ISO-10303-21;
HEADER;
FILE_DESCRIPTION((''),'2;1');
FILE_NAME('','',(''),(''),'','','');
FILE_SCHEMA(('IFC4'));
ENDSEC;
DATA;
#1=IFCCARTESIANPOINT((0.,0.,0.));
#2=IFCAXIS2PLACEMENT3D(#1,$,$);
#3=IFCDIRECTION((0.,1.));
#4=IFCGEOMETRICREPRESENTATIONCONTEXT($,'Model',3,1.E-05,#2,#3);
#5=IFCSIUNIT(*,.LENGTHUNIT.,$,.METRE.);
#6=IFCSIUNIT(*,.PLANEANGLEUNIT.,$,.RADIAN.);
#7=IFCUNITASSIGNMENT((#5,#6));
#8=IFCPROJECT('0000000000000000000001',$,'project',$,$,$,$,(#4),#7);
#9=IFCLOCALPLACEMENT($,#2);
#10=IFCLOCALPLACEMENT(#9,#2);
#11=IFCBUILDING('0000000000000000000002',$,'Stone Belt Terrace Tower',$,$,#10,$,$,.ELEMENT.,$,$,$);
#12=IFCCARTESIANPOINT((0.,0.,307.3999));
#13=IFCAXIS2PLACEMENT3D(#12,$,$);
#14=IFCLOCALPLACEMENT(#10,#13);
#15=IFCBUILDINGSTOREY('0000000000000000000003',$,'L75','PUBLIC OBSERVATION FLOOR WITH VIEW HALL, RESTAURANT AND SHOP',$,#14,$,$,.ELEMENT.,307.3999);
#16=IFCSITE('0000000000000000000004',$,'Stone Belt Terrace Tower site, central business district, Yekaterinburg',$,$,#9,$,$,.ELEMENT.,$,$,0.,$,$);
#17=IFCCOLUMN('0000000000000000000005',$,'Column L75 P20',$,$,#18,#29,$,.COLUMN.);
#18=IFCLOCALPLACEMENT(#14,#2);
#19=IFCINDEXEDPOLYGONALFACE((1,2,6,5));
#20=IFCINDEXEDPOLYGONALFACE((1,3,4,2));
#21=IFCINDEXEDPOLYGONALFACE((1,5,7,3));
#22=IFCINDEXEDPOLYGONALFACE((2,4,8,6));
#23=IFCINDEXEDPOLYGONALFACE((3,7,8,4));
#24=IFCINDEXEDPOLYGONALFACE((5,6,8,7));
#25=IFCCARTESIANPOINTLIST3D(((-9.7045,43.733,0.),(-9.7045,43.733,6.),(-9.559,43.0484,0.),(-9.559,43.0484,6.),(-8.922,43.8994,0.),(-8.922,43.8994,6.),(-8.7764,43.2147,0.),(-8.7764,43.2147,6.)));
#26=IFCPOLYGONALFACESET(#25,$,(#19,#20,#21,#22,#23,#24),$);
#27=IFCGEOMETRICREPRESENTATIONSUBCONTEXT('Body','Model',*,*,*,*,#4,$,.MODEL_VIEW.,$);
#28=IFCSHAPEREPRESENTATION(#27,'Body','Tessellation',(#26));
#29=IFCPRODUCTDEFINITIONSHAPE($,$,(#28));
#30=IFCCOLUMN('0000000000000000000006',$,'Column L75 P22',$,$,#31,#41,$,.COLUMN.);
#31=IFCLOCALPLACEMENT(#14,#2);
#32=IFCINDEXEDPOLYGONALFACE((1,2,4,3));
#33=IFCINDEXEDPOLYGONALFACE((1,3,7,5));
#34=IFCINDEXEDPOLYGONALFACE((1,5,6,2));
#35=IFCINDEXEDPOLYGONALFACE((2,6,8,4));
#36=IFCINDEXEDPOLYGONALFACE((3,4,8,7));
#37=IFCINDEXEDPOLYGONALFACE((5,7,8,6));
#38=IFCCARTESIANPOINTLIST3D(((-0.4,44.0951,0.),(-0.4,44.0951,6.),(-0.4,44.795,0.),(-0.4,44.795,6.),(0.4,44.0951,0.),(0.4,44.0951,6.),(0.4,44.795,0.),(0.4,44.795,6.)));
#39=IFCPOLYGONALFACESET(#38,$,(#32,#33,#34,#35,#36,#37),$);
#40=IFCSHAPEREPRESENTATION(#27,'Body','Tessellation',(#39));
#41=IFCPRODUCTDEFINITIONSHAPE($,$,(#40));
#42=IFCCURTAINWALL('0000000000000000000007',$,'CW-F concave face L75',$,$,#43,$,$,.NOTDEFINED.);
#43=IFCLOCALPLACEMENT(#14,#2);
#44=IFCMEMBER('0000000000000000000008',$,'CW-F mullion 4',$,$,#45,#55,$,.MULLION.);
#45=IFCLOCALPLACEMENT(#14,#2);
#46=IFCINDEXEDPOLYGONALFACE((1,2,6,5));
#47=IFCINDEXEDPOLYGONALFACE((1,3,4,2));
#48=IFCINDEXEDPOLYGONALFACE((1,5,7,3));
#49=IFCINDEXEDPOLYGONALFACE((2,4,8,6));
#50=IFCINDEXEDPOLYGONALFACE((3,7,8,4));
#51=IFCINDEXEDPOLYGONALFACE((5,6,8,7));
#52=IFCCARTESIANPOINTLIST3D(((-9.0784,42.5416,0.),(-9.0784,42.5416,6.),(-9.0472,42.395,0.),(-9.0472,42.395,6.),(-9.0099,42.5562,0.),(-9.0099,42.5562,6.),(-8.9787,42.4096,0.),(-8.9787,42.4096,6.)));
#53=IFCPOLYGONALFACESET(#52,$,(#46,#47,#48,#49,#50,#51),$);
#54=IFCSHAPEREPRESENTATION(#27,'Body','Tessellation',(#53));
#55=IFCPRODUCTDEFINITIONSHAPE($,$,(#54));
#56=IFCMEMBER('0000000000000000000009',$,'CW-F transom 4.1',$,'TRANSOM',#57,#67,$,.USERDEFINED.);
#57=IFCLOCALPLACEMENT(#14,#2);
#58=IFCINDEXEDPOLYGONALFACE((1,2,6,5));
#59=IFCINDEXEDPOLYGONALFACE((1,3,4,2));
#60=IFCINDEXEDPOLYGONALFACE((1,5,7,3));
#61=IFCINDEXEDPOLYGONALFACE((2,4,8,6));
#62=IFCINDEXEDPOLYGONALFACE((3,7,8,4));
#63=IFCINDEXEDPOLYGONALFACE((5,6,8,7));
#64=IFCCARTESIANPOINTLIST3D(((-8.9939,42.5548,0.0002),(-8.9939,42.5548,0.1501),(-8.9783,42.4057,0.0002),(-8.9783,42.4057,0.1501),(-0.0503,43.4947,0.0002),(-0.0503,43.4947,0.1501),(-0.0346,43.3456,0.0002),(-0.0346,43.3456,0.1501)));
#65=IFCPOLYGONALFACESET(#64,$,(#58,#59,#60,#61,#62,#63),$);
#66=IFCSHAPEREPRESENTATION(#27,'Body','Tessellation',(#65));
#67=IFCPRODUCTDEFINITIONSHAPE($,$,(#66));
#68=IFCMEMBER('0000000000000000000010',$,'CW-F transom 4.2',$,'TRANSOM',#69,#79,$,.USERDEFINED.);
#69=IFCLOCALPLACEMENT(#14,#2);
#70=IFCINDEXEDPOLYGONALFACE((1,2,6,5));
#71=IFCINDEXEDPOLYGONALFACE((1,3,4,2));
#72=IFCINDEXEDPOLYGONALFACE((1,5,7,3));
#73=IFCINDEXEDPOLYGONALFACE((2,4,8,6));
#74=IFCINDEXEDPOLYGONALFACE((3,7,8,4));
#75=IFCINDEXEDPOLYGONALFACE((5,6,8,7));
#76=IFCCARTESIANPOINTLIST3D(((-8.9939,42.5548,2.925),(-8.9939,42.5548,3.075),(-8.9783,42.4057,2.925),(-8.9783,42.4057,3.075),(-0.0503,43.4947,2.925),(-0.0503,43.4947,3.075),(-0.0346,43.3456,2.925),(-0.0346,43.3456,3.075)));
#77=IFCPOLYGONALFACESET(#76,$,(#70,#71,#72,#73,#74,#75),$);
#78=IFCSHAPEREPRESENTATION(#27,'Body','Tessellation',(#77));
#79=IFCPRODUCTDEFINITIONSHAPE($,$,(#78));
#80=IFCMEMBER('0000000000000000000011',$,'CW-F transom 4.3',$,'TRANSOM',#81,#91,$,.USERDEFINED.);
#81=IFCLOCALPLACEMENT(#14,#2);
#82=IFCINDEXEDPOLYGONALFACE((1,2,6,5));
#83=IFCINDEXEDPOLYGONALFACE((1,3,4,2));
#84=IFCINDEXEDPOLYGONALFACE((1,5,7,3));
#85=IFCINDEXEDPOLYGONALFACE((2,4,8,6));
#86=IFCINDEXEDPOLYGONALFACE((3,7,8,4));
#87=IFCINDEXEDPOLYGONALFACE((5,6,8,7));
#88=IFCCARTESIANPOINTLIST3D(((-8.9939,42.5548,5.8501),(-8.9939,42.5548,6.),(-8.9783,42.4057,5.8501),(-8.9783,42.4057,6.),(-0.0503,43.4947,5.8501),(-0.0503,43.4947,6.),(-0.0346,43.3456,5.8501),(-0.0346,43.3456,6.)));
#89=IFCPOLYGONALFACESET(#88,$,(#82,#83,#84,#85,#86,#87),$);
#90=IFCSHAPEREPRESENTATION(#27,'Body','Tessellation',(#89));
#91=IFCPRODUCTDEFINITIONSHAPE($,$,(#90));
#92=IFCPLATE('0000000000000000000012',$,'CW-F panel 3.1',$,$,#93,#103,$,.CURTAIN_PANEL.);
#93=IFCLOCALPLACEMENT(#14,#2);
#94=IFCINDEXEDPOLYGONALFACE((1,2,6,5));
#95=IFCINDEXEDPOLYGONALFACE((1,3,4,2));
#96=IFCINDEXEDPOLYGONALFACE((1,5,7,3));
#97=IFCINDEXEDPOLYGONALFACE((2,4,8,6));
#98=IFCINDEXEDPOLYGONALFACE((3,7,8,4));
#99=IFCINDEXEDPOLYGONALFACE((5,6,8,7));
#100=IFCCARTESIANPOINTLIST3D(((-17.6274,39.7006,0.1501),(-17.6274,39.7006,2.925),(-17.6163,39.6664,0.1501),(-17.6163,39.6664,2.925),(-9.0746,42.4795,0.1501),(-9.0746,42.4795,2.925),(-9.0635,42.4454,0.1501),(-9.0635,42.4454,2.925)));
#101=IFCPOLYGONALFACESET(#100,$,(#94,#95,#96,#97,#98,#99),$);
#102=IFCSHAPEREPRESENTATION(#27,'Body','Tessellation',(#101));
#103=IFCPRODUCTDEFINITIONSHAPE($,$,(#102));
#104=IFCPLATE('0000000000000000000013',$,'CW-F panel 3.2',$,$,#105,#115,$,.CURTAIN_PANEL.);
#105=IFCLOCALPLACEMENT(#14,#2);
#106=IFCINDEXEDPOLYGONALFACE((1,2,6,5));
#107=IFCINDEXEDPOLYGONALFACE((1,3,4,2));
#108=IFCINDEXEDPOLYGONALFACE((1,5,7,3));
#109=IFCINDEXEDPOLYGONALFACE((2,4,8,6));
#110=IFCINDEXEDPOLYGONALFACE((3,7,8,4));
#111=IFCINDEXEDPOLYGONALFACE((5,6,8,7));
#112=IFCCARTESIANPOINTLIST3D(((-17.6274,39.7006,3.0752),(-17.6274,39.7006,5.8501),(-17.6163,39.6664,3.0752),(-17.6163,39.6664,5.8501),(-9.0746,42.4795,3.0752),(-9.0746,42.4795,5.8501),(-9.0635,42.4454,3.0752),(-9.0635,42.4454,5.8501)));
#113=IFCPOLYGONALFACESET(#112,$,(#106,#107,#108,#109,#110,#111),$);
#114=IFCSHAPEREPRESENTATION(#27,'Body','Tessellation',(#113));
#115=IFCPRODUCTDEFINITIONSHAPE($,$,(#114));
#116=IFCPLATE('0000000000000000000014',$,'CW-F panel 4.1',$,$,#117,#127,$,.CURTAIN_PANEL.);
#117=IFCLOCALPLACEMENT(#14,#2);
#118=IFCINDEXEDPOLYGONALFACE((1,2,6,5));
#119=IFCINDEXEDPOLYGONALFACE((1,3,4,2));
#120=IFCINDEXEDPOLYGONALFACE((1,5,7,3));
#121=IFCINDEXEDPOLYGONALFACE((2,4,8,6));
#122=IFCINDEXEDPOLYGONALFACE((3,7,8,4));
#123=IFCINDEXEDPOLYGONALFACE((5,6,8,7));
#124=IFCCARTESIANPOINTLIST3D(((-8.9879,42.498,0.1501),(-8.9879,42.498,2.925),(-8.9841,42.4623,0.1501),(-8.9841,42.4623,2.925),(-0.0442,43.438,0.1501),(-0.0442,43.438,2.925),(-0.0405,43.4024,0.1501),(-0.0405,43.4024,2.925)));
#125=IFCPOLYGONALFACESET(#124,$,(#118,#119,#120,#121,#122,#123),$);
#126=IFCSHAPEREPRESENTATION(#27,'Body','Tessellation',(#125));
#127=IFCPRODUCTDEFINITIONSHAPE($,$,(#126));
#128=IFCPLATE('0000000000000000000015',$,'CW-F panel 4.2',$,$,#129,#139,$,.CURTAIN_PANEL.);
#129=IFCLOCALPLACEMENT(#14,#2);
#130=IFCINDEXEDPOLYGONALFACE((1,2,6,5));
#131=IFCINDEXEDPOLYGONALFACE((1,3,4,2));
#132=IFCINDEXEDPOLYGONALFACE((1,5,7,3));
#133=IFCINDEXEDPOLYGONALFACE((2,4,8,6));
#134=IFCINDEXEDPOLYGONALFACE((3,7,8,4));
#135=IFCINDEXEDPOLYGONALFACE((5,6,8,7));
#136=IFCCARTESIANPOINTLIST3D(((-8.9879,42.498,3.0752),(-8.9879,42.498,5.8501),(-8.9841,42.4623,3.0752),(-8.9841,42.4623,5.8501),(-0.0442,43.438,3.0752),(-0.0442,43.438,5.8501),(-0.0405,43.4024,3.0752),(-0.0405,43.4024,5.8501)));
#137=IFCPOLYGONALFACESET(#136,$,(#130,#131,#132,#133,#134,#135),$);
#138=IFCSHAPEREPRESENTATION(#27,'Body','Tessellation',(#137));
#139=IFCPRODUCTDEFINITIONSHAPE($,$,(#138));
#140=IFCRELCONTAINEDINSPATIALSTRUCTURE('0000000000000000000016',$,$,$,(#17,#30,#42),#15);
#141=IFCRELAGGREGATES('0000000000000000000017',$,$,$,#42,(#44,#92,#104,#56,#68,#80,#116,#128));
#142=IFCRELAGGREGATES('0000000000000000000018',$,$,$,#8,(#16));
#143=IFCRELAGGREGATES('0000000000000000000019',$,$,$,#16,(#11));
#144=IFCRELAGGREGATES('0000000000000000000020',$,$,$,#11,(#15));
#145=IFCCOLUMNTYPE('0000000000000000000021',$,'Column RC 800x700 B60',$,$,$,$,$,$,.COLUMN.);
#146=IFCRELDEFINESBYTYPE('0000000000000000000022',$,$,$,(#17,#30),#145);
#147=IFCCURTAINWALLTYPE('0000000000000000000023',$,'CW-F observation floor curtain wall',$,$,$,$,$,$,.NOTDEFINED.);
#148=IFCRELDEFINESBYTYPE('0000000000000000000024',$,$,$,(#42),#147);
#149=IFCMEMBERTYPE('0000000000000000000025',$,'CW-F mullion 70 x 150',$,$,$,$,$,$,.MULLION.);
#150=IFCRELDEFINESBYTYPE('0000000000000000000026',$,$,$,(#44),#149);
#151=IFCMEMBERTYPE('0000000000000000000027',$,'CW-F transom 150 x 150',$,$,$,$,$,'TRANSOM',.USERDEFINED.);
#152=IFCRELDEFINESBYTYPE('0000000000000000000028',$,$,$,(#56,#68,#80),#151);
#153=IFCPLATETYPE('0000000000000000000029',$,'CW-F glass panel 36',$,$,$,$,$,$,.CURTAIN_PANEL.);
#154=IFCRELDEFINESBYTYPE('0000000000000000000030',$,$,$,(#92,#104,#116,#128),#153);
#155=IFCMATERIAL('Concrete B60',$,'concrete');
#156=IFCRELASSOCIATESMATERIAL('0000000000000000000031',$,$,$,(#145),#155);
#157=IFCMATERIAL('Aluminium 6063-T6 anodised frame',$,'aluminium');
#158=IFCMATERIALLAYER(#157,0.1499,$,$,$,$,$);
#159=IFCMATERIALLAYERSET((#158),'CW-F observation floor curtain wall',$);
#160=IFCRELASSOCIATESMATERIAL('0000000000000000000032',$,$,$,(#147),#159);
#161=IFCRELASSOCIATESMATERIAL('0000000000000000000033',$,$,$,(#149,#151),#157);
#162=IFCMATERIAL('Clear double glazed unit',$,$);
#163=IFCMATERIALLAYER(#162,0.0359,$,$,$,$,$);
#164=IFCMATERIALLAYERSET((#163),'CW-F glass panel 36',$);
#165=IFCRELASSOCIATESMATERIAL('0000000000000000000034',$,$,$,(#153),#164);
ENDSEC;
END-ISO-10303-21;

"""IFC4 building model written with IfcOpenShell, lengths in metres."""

from ifc_helpers import new_model, si_unit, direction, frame, origin, origin_2d, place, context, subcontext, project, spatial, rectangle, extrude, material, layer, layer_set, material_profile, profile_set, type_object, element, aggregate, save


model = new_model("IFC4")

# Units and contexts
model_context = context("Model", 3, precision=1e-05, world=origin(), true_north=direction((0.0, 1.0)))
body_context = subcontext(model_context, "Body", "Model", "MODEL_VIEW")
ifc_project = project(units=[si_unit("LENGTHUNIT", "METRE"), si_unit("PLANEANGLEUNIT", "RADIAN")], contexts=[model_context])

# Site, building, storey
site_placement = place(None, origin())
site = spatial("IfcSite", under=ifc_project, at=site_placement, Name="Stone Belt Terrace Tower site, central business district, Yekaterinburg", CompositionType="ELEMENT", RefElevation=0.0)
building_placement = place(site_placement, origin())
building = spatial("IfcBuilding", under=site, at=building_placement, Name="Stone Belt Terrace Tower", CompositionType="ELEMENT")
storey_placement = place(building_placement, frame((0.0, 0.0, 307.3999)))
storey = spatial("IfcBuildingStorey", under=building, at=storey_placement, Name="L75", Description="PUBLIC OBSERVATION FLOOR WITH VIEW HALL, RESTAURANT AND SHOP", CompositionType="ELEMENT", Elevation=307.3999)

# Columns
ifc_material_1 = material(Name="Concrete B60", Category="concrete")
ifc_material_profile_1 = material_profile(ifc_material_1, rectangle(XDim=0.8, YDim=0.7, at=origin_2d()), Name="RC 800x700")
ifc_profile_set_1 = profile_set([ifc_material_profile_1], Name="Concrete B60")
column_type = type_object("IfcColumnType", Name="Column RC 800x700 B60", PredefinedType="COLUMN", material=ifc_profile_set_1)
for number, where, z_axis, x_axis, name in (
    (1, (-9.2405, 43.4739, 0.0), (0.0, 0.0, 1.0), (0.978148, 0.207912, 0.0), "Column L75 P20"),
    (2, (0.0, 44.4451, 0.0), (0.0, 0.0, 1.0), (1.0, 0.0, 0.0), "Column L75 P22"),
):
    element("IfcColumn", number, at=place(storey_placement, frame(where, z_axis=z_axis, x_axis=x_axis)), inside=storey, type_object=column_type, Name=name, PredefinedType="COLUMN", context=body_context, shape_type="SweptSolid", body=[
        extrude(rectangle(XDim=0.8, YDim=0.7, at=origin_2d()), origin(), (0.0, 0.0, 1.0), 6.0),
    ])

# Curtain wall, members, plates
ifc_material_2 = material(Name="Aluminium 6063-T6 anodised frame", Category="aluminium")
ifc_layer_1 = layer(ifc_material_2, 0.1499)
ifc_layer_set_1 = layer_set([ifc_layer_1], Name="CW-F observation floor curtain wall")
curtain_wall_type = type_object("IfcCurtainWallType", Name="CW-F observation floor curtain wall", PredefinedType="NOTDEFINED", material=ifc_layer_set_1)
curtain_wall_placement = place(storey_placement, origin())
curtain_wall = element("IfcCurtainWall", 3, at=curtain_wall_placement, inside=storey, type_object=curtain_wall_type, Name="CW-F concave face L75", PredefinedType="NOTDEFINED")
ifc_material_profile_2 = material_profile(ifc_material_2, rectangle(XDim=0.1499, YDim=0.0701, at=origin_2d()), Name="Aluminium 6063-T6 70x150")
ifc_profile_set_2 = profile_set([ifc_material_profile_2], Name="Aluminium 6063-T6 anodised frame")
member_type_1 = type_object("IfcMemberType", Name="CW-F mullion 70 x 150", PredefinedType="MULLION", material=ifc_profile_set_2)
member_1_placement = place(storey_placement, frame((-9.0286, 42.4756, 0.0), z_axis=(0.0, 0.0, 1.0), x_axis=(-0.207912, 0.978148, 0.0)))
member_1 = element("IfcMember", 4, at=member_1_placement, type_object=member_type_1, Name="CW-F mullion 4", PredefinedType="MULLION", context=body_context, shape_type="SweptSolid", body=[
    extrude(rectangle(XDim=0.1499, YDim=0.0701, at=origin_2d()), origin(), (0.0, 0.0, 1.0), 6.0),
])
ifc_material_profile_3 = material_profile(ifc_material_2, rectangle(XDim=0.1499, YDim=0.1499, at=origin_2d()), Name="Aluminium 6063-T6 150x150")
ifc_profile_set_3 = profile_set([ifc_material_profile_3], Name="Aluminium 6063-T6 anodised frame")
member_type_2 = type_object("IfcMemberType", Name="CW-F transom 150 x 150", ElementType="TRANSOM", PredefinedType="USERDEFINED", material=ifc_profile_set_3)
member_2_placement = place(storey_placement, frame((-8.9861, 42.4802, 0.0752), z_axis=(0.994523, 0.104521, 0.0), x_axis=(-0.104521, 0.994523, 0.0)))
member_2 = element("IfcMember", 5, at=member_2_placement, type_object=member_type_2, Name="CW-F transom 4.1", ObjectType="TRANSOM", PredefinedType="USERDEFINED", context=body_context, shape_type="SweptSolid", body=[
    extrude(rectangle(XDim=0.1499, YDim=0.1499, at=origin_2d()), origin(), (0.0, 0.0, 1.0), 8.9929),
])
member_3_placement = place(storey_placement, frame((-8.9861, 42.4802, 3.0), z_axis=(0.994523, 0.104521, 0.0), x_axis=(-0.104521, 0.994523, 0.0)))
member_3 = element("IfcMember", 6, at=member_3_placement, type_object=member_type_2, Name="CW-F transom 4.2", ObjectType="TRANSOM", PredefinedType="USERDEFINED", context=body_context, shape_type="SweptSolid", body=[
    extrude(rectangle(XDim=0.1499, YDim=0.1499, at=origin_2d()), origin(), (0.0, 0.0, 1.0), 8.9929),
])
member_4_placement = place(storey_placement, frame((-8.9861, 42.4802, 5.925), z_axis=(0.994523, 0.104521, 0.0), x_axis=(-0.104521, 0.994523, 0.0)))
member_4 = element("IfcMember", 7, at=member_4_placement, type_object=member_type_2, Name="CW-F transom 4.3", ObjectType="TRANSOM", PredefinedType="USERDEFINED", context=body_context, shape_type="SweptSolid", body=[
    extrude(rectangle(XDim=0.1499, YDim=0.1499, at=origin_2d()), origin(), (0.0, 0.0, 1.0), 8.9929),
])
ifc_material_3 = material(Name="Clear double glazed unit")
ifc_layer_2 = layer(ifc_material_3, 0.0359)
ifc_layer_set_2 = layer_set([ifc_layer_2], Name="CW-F glass panel 36")
plate_type = type_object("IfcPlateType", Name="CW-F glass panel 36", PredefinedType="CURTAIN_PANEL", material=ifc_layer_set_2)
plate_1_placement = place(storey_placement, frame((-13.3455, 41.073, 0.1501), z_axis=(0.0, 0.0, 1.0), x_axis=(0.951057, 0.309017, 0.0)))
plate_1 = element("IfcPlate", 8, at=plate_1_placement, type_object=plate_type, Name="CW-F panel 3.1", PredefinedType="CURTAIN_PANEL", context=body_context, shape_type="SweptSolid", body=[
    extrude(rectangle(XDim=8.9929, YDim=0.0359, at=origin_2d()), origin(), (0.0, 0.0, 1.0), 2.7749),
])
plate_2_placement = place(storey_placement, frame((-13.3455, 41.073, 3.0752), z_axis=(0.0, 0.0, 1.0), x_axis=(0.951057, 0.309017, 0.0)))
plate_2 = element("IfcPlate", 9, at=plate_2_placement, type_object=plate_type, Name="CW-F panel 3.2", PredefinedType="CURTAIN_PANEL", context=body_context, shape_type="SweptSolid", body=[
    extrude(rectangle(XDim=8.9929, YDim=0.0359, at=origin_2d()), origin(), (0.0, 0.0, 1.0), 2.7749),
])
plate_3_placement = place(storey_placement, frame((-4.5142, 42.9502, 0.1501), z_axis=(0.0, 0.0, 1.0), x_axis=(0.994522, 0.104528, 0.0)))
plate_3 = element("IfcPlate", 10, at=plate_3_placement, type_object=plate_type, Name="CW-F panel 4.1", PredefinedType="CURTAIN_PANEL", context=body_context, shape_type="SweptSolid", body=[
    extrude(rectangle(XDim=8.9929, YDim=0.0359, at=origin_2d()), origin(), (0.0, 0.0, 1.0), 2.7749),
])
plate_4_placement = place(storey_placement, frame((-4.5142, 42.9502, 3.0752), z_axis=(0.0, 0.0, 1.0), x_axis=(0.994522, 0.104528, 0.0)))
plate_4 = element("IfcPlate", 11, at=plate_4_placement, type_object=plate_type, Name="CW-F panel 4.2", PredefinedType="CURTAIN_PANEL", context=body_context, shape_type="SweptSolid", body=[
    extrude(rectangle(XDim=8.9929, YDim=0.0359, at=origin_2d()), origin(), (0.0, 0.0, 1.0), 2.7749),
])
aggregate(curtain_wall, [member_1, plate_1, plate_2, member_2, member_3, member_4, plate_3, plate_4])

save(model, "model.ifc")
